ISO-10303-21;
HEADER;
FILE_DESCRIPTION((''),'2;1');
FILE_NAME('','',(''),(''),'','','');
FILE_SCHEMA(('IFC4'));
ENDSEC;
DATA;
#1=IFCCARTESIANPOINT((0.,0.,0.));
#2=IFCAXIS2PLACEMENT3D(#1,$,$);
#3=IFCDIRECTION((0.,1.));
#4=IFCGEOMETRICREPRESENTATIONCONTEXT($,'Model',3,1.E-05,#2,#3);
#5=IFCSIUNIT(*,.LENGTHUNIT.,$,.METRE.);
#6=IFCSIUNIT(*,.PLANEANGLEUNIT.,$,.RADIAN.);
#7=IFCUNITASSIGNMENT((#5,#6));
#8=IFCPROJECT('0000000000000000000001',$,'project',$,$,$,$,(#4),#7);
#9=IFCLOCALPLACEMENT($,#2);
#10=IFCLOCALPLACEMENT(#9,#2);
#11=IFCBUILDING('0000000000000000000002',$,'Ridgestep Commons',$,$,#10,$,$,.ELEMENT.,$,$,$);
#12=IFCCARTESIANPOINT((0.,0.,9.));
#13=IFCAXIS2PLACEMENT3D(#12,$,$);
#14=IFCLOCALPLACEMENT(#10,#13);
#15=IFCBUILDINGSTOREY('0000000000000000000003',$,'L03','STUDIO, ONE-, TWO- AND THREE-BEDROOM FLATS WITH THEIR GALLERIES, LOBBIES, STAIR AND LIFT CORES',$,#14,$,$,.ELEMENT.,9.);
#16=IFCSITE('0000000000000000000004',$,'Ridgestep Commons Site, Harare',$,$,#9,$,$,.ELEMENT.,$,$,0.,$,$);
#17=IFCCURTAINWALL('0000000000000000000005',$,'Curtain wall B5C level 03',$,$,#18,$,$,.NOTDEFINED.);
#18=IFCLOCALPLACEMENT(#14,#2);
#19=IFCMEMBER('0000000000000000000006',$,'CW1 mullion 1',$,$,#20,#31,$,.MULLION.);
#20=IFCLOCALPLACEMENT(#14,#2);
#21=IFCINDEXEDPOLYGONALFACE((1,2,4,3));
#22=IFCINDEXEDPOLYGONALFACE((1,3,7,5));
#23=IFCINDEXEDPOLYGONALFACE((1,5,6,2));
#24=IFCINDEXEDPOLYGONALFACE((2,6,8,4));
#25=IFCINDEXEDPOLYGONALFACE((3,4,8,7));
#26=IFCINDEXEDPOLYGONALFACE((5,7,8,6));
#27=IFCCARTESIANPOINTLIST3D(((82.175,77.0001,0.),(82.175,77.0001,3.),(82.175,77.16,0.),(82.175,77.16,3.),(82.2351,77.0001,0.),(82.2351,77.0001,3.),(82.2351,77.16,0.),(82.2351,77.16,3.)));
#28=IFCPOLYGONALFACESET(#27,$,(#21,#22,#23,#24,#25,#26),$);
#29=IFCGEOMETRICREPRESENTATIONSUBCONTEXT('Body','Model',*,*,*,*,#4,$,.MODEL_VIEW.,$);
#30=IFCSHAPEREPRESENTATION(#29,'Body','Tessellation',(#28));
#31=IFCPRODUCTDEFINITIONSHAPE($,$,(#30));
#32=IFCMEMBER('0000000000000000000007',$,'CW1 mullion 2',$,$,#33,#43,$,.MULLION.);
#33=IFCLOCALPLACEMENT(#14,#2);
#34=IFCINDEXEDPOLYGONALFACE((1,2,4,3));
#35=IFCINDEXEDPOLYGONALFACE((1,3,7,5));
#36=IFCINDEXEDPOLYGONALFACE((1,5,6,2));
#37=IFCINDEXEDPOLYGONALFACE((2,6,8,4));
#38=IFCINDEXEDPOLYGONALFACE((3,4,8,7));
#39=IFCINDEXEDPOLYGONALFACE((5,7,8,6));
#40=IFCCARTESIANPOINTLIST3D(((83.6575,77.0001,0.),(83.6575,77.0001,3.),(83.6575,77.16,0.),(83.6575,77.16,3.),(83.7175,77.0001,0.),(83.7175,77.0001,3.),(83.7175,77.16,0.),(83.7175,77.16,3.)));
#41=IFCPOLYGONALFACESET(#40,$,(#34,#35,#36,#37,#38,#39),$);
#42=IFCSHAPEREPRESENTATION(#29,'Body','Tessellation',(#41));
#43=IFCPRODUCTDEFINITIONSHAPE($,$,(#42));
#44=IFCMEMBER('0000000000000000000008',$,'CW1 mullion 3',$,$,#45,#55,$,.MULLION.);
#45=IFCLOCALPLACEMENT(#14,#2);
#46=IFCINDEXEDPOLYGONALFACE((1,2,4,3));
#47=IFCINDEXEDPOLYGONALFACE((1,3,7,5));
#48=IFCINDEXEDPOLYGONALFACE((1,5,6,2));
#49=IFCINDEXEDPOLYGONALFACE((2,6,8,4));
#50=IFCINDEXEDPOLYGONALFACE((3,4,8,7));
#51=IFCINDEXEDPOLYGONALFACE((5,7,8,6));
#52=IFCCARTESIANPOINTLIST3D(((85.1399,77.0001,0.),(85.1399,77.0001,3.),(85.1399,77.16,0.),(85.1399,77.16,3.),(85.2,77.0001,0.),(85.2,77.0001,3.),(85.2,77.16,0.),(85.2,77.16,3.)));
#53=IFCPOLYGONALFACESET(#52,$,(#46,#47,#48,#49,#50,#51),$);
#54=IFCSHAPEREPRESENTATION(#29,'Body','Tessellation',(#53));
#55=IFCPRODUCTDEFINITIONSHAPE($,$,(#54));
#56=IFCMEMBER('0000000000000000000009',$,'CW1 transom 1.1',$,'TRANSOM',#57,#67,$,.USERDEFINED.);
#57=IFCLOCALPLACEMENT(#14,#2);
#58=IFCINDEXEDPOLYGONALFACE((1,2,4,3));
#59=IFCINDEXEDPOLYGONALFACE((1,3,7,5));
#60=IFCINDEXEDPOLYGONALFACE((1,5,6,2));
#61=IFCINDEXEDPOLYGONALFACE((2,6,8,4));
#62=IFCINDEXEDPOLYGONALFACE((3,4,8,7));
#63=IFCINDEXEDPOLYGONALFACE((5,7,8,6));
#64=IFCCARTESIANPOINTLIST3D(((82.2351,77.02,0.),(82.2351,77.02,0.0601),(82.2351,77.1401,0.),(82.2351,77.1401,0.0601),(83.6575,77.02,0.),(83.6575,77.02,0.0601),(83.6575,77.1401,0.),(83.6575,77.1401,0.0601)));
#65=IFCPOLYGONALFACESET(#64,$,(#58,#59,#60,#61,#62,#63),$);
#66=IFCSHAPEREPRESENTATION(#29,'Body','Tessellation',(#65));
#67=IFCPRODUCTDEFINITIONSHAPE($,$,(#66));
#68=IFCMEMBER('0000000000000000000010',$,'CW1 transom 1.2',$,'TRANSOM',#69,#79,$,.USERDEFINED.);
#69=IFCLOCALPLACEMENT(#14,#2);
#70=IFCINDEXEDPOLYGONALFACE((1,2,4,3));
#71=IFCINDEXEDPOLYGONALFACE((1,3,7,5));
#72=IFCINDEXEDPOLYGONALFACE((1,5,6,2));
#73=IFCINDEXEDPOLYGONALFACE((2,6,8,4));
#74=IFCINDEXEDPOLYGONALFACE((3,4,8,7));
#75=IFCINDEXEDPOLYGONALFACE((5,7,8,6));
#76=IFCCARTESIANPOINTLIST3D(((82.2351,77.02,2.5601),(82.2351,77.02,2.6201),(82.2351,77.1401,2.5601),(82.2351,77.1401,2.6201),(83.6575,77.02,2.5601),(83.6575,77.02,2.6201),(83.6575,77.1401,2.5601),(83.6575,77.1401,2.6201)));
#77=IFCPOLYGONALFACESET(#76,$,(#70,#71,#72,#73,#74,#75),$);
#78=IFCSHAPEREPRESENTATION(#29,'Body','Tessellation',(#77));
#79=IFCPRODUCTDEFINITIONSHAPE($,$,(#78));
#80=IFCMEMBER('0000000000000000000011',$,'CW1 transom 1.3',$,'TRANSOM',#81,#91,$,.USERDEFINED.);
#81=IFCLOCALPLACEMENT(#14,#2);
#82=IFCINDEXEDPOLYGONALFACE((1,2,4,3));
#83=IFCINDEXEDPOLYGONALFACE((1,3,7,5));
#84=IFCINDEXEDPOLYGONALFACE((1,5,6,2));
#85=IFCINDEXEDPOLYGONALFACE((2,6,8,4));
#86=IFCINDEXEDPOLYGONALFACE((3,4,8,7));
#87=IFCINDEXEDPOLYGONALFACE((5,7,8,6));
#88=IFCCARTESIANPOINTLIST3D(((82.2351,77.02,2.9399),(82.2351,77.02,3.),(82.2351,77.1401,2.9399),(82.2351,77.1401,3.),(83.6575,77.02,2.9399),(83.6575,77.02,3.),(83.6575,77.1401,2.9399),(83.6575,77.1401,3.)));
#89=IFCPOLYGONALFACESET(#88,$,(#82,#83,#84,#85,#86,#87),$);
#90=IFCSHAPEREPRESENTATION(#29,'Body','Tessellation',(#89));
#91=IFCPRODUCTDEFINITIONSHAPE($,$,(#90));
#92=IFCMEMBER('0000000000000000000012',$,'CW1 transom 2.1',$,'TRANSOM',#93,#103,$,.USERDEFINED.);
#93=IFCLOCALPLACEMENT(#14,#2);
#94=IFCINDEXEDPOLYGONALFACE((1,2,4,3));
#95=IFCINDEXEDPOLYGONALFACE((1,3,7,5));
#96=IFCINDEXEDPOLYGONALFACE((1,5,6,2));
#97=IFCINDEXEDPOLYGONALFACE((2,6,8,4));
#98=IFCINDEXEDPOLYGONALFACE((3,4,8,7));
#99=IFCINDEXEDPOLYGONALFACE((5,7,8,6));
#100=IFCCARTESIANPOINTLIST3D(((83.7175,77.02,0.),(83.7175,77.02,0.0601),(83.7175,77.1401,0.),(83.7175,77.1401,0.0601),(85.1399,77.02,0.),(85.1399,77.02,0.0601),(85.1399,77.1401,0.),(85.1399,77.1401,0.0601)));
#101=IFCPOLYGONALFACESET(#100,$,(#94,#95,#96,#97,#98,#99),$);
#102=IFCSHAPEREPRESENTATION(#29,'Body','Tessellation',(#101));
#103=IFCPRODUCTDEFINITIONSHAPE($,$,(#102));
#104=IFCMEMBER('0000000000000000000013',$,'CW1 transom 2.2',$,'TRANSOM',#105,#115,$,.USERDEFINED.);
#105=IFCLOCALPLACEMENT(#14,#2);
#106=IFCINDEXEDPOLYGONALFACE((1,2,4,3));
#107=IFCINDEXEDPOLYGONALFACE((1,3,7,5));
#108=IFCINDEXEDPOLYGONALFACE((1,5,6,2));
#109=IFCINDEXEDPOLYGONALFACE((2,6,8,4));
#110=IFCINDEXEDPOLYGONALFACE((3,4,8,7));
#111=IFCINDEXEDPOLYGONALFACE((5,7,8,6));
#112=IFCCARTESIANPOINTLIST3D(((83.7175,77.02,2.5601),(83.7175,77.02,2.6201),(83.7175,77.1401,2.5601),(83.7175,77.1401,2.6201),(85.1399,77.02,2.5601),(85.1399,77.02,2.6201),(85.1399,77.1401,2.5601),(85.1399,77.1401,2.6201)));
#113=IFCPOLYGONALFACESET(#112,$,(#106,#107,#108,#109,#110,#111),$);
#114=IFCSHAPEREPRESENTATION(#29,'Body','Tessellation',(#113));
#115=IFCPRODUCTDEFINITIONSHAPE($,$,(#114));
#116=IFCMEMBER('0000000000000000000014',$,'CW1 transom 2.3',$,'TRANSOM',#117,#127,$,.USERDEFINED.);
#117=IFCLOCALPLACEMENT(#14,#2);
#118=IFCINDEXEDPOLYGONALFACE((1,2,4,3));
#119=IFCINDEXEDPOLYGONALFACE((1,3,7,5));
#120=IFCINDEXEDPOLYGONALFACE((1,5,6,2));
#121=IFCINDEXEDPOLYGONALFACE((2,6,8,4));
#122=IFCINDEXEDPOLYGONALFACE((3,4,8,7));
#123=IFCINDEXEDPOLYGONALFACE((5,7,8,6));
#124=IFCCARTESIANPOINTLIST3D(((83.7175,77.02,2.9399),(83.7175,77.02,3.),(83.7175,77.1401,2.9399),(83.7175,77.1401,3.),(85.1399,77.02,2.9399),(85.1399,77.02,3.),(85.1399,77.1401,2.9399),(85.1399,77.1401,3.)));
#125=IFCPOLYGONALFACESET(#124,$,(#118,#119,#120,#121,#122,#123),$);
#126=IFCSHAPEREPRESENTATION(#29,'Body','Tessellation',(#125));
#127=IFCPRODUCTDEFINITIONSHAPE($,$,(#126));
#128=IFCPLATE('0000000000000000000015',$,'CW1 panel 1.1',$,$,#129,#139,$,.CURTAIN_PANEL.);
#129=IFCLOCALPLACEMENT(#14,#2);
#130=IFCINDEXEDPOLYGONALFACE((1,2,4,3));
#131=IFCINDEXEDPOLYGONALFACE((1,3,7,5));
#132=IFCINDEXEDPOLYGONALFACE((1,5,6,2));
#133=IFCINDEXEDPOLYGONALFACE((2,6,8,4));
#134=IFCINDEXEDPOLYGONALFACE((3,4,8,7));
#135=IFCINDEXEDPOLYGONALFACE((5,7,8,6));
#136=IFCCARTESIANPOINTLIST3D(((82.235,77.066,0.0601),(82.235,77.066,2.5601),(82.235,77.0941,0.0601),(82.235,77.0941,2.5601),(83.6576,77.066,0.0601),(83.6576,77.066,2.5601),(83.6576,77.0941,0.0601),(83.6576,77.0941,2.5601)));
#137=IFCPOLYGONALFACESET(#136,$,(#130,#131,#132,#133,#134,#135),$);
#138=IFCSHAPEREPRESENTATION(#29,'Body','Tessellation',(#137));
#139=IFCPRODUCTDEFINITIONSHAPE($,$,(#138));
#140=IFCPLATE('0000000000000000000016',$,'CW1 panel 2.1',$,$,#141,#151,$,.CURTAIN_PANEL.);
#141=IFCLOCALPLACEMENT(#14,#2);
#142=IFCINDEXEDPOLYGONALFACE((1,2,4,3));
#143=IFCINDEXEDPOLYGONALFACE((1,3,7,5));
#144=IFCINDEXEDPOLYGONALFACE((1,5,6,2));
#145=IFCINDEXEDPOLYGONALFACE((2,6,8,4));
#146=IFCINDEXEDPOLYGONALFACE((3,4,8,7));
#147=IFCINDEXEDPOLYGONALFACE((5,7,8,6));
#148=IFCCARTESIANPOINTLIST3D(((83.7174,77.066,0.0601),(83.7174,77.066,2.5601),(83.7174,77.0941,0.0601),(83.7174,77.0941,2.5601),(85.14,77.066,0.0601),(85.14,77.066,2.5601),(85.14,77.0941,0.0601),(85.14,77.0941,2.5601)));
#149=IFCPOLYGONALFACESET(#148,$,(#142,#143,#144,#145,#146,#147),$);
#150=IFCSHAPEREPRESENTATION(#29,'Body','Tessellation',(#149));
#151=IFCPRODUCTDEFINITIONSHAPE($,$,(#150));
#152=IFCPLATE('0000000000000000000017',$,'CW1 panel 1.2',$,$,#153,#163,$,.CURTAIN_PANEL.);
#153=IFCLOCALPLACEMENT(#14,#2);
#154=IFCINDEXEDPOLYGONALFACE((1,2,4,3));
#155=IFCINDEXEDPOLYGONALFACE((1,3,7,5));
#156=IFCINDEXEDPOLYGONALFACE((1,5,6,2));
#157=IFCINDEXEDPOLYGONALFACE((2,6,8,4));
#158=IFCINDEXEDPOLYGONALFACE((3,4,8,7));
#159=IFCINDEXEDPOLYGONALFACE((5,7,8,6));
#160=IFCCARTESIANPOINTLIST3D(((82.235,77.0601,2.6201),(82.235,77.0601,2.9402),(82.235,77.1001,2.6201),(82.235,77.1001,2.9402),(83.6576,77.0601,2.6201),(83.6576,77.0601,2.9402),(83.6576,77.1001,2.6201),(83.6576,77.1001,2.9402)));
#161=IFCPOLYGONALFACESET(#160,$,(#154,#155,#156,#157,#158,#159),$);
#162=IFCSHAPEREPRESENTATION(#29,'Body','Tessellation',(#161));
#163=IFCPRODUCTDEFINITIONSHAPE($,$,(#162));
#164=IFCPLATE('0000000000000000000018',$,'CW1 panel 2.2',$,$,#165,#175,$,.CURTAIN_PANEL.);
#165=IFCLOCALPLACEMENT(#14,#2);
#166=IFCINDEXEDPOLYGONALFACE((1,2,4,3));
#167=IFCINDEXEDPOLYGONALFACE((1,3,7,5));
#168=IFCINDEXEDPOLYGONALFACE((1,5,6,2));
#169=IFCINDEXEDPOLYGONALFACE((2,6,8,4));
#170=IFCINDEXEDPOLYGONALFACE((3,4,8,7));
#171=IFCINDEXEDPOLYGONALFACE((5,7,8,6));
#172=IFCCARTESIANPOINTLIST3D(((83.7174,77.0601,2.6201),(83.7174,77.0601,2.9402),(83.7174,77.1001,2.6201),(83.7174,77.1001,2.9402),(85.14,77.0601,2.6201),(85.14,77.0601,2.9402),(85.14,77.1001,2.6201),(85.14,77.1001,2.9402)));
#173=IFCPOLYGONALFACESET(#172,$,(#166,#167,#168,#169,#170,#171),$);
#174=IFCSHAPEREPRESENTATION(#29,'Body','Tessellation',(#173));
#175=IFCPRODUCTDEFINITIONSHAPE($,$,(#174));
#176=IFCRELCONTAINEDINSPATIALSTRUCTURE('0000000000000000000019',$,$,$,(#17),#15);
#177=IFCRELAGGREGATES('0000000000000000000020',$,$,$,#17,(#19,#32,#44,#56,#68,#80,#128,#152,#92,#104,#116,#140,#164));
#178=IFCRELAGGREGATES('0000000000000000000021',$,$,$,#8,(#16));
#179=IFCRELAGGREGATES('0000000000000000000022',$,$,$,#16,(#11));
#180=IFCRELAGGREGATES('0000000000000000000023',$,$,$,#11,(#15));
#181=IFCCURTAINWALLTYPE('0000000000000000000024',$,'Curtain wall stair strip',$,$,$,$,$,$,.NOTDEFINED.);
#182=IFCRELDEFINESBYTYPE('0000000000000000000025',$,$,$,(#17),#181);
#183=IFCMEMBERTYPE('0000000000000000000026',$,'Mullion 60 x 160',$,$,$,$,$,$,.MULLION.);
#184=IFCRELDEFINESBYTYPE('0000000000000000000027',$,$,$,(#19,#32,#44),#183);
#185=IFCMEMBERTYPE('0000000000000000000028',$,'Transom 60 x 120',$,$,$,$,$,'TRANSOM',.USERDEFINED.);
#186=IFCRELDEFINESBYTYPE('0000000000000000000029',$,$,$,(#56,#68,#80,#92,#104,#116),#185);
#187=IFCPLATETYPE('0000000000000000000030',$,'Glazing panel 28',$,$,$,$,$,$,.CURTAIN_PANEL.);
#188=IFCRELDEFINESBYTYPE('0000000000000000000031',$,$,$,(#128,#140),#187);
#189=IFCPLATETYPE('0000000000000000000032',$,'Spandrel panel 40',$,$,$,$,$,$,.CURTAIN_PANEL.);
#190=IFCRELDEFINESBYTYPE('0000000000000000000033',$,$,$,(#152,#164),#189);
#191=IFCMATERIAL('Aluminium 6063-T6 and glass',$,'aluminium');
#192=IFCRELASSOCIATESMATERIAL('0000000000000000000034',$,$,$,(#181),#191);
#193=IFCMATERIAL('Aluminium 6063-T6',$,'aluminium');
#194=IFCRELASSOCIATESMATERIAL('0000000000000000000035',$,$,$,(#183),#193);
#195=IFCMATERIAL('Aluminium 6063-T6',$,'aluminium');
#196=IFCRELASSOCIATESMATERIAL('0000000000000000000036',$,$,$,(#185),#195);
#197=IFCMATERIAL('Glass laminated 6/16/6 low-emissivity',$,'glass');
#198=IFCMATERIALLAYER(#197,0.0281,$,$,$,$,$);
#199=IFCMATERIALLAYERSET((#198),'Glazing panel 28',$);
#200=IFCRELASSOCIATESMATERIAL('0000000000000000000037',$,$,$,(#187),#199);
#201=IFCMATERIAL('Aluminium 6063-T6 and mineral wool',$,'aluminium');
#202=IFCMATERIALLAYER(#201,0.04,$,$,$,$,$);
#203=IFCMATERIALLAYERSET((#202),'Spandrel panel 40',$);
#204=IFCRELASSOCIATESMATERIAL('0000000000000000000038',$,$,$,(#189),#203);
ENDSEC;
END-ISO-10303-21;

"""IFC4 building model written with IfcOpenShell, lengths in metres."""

from ifc_helpers import new_model, si_unit, direction, frame, origin, origin_2d, place, context, subcontext, project, spatial, rectangle, extrude, material, layer, layer_set, material_profile, profile_set, type_object, element, aggregate, save


model = new_model("IFC4")

# Units and contexts
model_context = context("Model", 3, precision=1e-05, world=origin(), true_north=direction((0.0, 1.0)))
body_context = subcontext(model_context, "Body", "Model", "MODEL_VIEW")
ifc_project = project(units=[si_unit("LENGTHUNIT", "METRE"), si_unit("PLANEANGLEUNIT", "RADIAN")], contexts=[model_context])

# Site, building, storey
site_placement = place(None, origin())
site = spatial("IfcSite", under=ifc_project, at=site_placement, Name="Ridgestep Commons Site, Harare", CompositionType="ELEMENT", RefElevation=0.0)
building_placement = place(site_placement, origin())
building = spatial("IfcBuilding", under=site, at=building_placement, Name="Ridgestep Commons", CompositionType="ELEMENT")
storey_placement = place(building_placement, frame((0.0, 0.0, 9.0)))
storey = spatial("IfcBuildingStorey", under=building, at=storey_placement, Name="L03", Description="STUDIO, ONE-, TWO- AND THREE-BEDROOM FLATS WITH THEIR GALLERIES, LOBBIES, STAIR AND LIFT CORES", CompositionType="ELEMENT", Elevation=9.0)

# Curtain wall, members, plates
ifc_material_1 = material(Name="Aluminium 6063-T6 and glass", Category="aluminium")
curtain_wall_type = type_object("IfcCurtainWallType", Name="Curtain wall stair strip", PredefinedType="NOTDEFINED", material=ifc_material_1)
curtain_wall_placement = place(storey_placement, origin())
curtain_wall = element("IfcCurtainWall", 1, at=curtain_wall_placement, inside=storey, type_object=curtain_wall_type, Name="Curtain wall B5C level 03", PredefinedType="NOTDEFINED")
ifc_material_2 = material(Name="Aluminium 6063-T6", Category="aluminium")
ifc_material_profile_1 = material_profile(ifc_material_2, rectangle(XDim=0.1599, YDim=0.0601, at=origin_2d()), Name="Mullion 60 x 160")
ifc_profile_set_1 = profile_set([ifc_material_profile_1], Name="Aluminium 6063-T6")
member_type_1 = type_object("IfcMemberType", Name="Mullion 60 x 160", PredefinedType="MULLION", material=ifc_profile_set_1)
member_1_placement = place(storey_placement, frame((82.2051, 77.0801, 0.0), z_axis=(0.0, 0.0, 1.0), x_axis=(0.0, 1.0, 0.0)))
member_1 = element("IfcMember", 2, at=member_1_placement, type_object=member_type_1, Name="CW1 mullion 1", PredefinedType="MULLION", context=body_context, shape_type="SweptSolid", body=[
    extrude(rectangle(XDim=0.1599, YDim=0.0601, at=origin_2d()), origin(), (0.0, 0.0, 1.0), 3.0),
])
member_2_placement = place(storey_placement, frame((83.6875, 77.0801, 0.0), z_axis=(0.0, 0.0, 1.0), x_axis=(0.0, 1.0, 0.0)))
member_2 = element("IfcMember", 3, at=member_2_placement, type_object=member_type_1, Name="CW1 mullion 2", PredefinedType="MULLION", context=body_context, shape_type="SweptSolid", body=[
    extrude(rectangle(XDim=0.1599, YDim=0.0601, at=origin_2d()), origin(), (0.0, 0.0, 1.0), 3.0),
])
member_3_placement = place(storey_placement, frame((85.1699, 77.0801, 0.0), z_axis=(0.0, 0.0, 1.0), x_axis=(0.0, 1.0, 0.0)))
member_3 = element("IfcMember", 4, at=member_3_placement, type_object=member_type_1, Name="CW1 mullion 3", PredefinedType="MULLION", context=body_context, shape_type="SweptSolid", body=[
    extrude(rectangle(XDim=0.1599, YDim=0.0601, at=origin_2d()), origin(), (0.0, 0.0, 1.0), 3.0),
])
ifc_material_3 = material(Name="Aluminium 6063-T6", Category="aluminium")
ifc_material_profile_2 = material_profile(ifc_material_3, rectangle(XDim=0.1201, YDim=0.0601, at=origin_2d()), Name="Transom 60 x 120")
ifc_profile_set_2 = profile_set([ifc_material_profile_2], Name="Aluminium 6063-T6")
member_type_2 = type_object("IfcMemberType", Name="Transom 60 x 120", ElementType="TRANSOM", PredefinedType="USERDEFINED", material=ifc_profile_set_2)
member_4_placement = place(storey_placement, frame((82.2351, 77.0801, 0.03), z_axis=(1.0, 0.0, 0.0), x_axis=(0.0, 1.0, 0.0)))
member_4 = element("IfcMember", 5, at=member_4_placement, type_object=member_type_2, Name="CW1 transom 1.1", ObjectType="TRANSOM", PredefinedType="USERDEFINED", context=body_context, shape_type="SweptSolid", body=[
    extrude(rectangle(XDim=0.1201, YDim=0.0601, at=origin_2d()), origin(), (0.0, 0.0, 1.0), 1.4224),
])
member_5_placement = place(storey_placement, frame((82.2351, 77.0801, 2.5901), z_axis=(1.0, 0.0, 0.0), x_axis=(0.0, 1.0, 0.0)))
member_5 = element("IfcMember", 6, at=member_5_placement, type_object=member_type_2, Name="CW1 transom 1.2", ObjectType="TRANSOM", PredefinedType="USERDEFINED", context=body_context, shape_type="SweptSolid", body=[
    extrude(rectangle(XDim=0.1201, YDim=0.0601, at=origin_2d()), origin(), (0.0, 0.0, 1.0), 1.4224),
])
member_6_placement = place(storey_placement, frame((82.2351, 77.0801, 2.97), z_axis=(1.0, 0.0, 0.0), x_axis=(0.0, 1.0, 0.0)))
member_6 = element("IfcMember", 7, at=member_6_placement, type_object=member_type_2, Name="CW1 transom 1.3", ObjectType="TRANSOM", PredefinedType="USERDEFINED", context=body_context, shape_type="SweptSolid", body=[
    extrude(rectangle(XDim=0.1201, YDim=0.0601, at=origin_2d()), origin(), (0.0, 0.0, 1.0), 1.4224),
])
member_7_placement = place(storey_placement, frame((83.7175, 77.0801, 0.03), z_axis=(1.0, 0.0, 0.0), x_axis=(0.0, 1.0, 0.0)))
member_7 = element("IfcMember", 8, at=member_7_placement, type_object=member_type_2, Name="CW1 transom 2.1", ObjectType="TRANSOM", PredefinedType="USERDEFINED", context=body_context, shape_type="SweptSolid", body=[
    extrude(rectangle(XDim=0.1201, YDim=0.0601, at=origin_2d()), origin(), (0.0, 0.0, 1.0), 1.4224),
])
member_8_placement = place(storey_placement, frame((83.7175, 77.0801, 2.5901), z_axis=(1.0, 0.0, 0.0), x_axis=(0.0, 1.0, 0.0)))
member_8 = element("IfcMember", 9, at=member_8_placement, type_object=member_type_2, Name="CW1 transom 2.2", ObjectType="TRANSOM", PredefinedType="USERDEFINED", context=body_context, shape_type="SweptSolid", body=[
    extrude(rectangle(XDim=0.1201, YDim=0.0601, at=origin_2d()), origin(), (0.0, 0.0, 1.0), 1.4224),
])
member_9_placement = place(storey_placement, frame((83.7175, 77.0801, 2.97), z_axis=(1.0, 0.0, 0.0), x_axis=(0.0, 1.0, 0.0)))
member_9 = element("IfcMember", 10, at=member_9_placement, type_object=member_type_2, Name="CW1 transom 2.3", ObjectType="TRANSOM", PredefinedType="USERDEFINED", context=body_context, shape_type="SweptSolid", body=[
    extrude(rectangle(XDim=0.1201, YDim=0.0601, at=origin_2d()), origin(), (0.0, 0.0, 1.0), 1.4224),
])
ifc_material_4 = material(Name="Glass laminated 6/16/6 low-emissivity", Category="glass")
ifc_layer_1 = layer(ifc_material_4, 0.0281)
ifc_layer_set_1 = layer_set([ifc_layer_1], Name="Glazing panel 28")
plate_type_1 = type_object("IfcPlateType", Name="Glazing panel 28", PredefinedType="CURTAIN_PANEL", material=ifc_layer_set_1)
plate_1_placement = place(storey_placement, frame((82.9463, 77.0801, 0.0601), z_axis=(0.0, 0.0, 1.0), x_axis=(1.0, 0.0, 0.0)))
plate_1 = element("IfcPlate", 11, at=plate_1_placement, type_object=plate_type_1, Name="CW1 panel 1.1", PredefinedType="CURTAIN_PANEL", context=body_context, shape_type="SweptSolid", body=[
    extrude(rectangle(XDim=1.4226, YDim=0.0281, at=origin_2d()), origin(), (0.0, 0.0, 1.0), 2.5),
])
plate_2_placement = place(storey_placement, frame((84.4287, 77.0801, 0.0601), z_axis=(0.0, 0.0, 1.0), x_axis=(1.0, 0.0, 0.0)))
plate_2 = element("IfcPlate", 12, at=plate_2_placement, type_object=plate_type_1, Name="CW1 panel 2.1", PredefinedType="CURTAIN_PANEL", context=body_context, shape_type="SweptSolid", body=[
    extrude(rectangle(XDim=1.4226, YDim=0.0281, at=origin_2d()), origin(), (0.0, 0.0, 1.0), 2.5),
])
ifc_material_5 = material(Name="Aluminium 6063-T6 and mineral wool", Category="aluminium")
ifc_layer_2 = layer(ifc_material_5, 0.04)
ifc_layer_set_2 = layer_set([ifc_layer_2], Name="Spandrel panel 40")
plate_type_2 = type_object("IfcPlateType", Name="Spandrel panel 40", PredefinedType="CURTAIN_PANEL", material=ifc_layer_set_2)
plate_3_placement = place(storey_placement, frame((82.9463, 77.0801, 2.6201), z_axis=(0.0, 0.0, 1.0), x_axis=(1.0, 0.0, 0.0)))
plate_3 = element("IfcPlate", 13, at=plate_3_placement, type_object=plate_type_2, Name="CW1 panel 1.2", PredefinedType="CURTAIN_PANEL", context=body_context, shape_type="SweptSolid", body=[
    extrude(rectangle(XDim=1.4226, YDim=0.04, at=origin_2d()), origin(), (0.0, 0.0, 1.0), 0.3201),
])
plate_4_placement = place(storey_placement, frame((84.4287, 77.0801, 2.6201), z_axis=(0.0, 0.0, 1.0), x_axis=(1.0, 0.0, 0.0)))
plate_4 = element("IfcPlate", 14, at=plate_4_placement, type_object=plate_type_2, Name="CW1 panel 2.2", PredefinedType="CURTAIN_PANEL", context=body_context, shape_type="SweptSolid", body=[
    extrude(rectangle(XDim=1.4226, YDim=0.04, at=origin_2d()), origin(), (0.0, 0.0, 1.0), 0.3201),
])
aggregate(curtain_wall, [member_1, member_2, member_3, member_4, member_5, member_6, plate_1, plate_3, member_7, member_8, member_9, plate_2, plate_4])

save(model, "model.ifc")
